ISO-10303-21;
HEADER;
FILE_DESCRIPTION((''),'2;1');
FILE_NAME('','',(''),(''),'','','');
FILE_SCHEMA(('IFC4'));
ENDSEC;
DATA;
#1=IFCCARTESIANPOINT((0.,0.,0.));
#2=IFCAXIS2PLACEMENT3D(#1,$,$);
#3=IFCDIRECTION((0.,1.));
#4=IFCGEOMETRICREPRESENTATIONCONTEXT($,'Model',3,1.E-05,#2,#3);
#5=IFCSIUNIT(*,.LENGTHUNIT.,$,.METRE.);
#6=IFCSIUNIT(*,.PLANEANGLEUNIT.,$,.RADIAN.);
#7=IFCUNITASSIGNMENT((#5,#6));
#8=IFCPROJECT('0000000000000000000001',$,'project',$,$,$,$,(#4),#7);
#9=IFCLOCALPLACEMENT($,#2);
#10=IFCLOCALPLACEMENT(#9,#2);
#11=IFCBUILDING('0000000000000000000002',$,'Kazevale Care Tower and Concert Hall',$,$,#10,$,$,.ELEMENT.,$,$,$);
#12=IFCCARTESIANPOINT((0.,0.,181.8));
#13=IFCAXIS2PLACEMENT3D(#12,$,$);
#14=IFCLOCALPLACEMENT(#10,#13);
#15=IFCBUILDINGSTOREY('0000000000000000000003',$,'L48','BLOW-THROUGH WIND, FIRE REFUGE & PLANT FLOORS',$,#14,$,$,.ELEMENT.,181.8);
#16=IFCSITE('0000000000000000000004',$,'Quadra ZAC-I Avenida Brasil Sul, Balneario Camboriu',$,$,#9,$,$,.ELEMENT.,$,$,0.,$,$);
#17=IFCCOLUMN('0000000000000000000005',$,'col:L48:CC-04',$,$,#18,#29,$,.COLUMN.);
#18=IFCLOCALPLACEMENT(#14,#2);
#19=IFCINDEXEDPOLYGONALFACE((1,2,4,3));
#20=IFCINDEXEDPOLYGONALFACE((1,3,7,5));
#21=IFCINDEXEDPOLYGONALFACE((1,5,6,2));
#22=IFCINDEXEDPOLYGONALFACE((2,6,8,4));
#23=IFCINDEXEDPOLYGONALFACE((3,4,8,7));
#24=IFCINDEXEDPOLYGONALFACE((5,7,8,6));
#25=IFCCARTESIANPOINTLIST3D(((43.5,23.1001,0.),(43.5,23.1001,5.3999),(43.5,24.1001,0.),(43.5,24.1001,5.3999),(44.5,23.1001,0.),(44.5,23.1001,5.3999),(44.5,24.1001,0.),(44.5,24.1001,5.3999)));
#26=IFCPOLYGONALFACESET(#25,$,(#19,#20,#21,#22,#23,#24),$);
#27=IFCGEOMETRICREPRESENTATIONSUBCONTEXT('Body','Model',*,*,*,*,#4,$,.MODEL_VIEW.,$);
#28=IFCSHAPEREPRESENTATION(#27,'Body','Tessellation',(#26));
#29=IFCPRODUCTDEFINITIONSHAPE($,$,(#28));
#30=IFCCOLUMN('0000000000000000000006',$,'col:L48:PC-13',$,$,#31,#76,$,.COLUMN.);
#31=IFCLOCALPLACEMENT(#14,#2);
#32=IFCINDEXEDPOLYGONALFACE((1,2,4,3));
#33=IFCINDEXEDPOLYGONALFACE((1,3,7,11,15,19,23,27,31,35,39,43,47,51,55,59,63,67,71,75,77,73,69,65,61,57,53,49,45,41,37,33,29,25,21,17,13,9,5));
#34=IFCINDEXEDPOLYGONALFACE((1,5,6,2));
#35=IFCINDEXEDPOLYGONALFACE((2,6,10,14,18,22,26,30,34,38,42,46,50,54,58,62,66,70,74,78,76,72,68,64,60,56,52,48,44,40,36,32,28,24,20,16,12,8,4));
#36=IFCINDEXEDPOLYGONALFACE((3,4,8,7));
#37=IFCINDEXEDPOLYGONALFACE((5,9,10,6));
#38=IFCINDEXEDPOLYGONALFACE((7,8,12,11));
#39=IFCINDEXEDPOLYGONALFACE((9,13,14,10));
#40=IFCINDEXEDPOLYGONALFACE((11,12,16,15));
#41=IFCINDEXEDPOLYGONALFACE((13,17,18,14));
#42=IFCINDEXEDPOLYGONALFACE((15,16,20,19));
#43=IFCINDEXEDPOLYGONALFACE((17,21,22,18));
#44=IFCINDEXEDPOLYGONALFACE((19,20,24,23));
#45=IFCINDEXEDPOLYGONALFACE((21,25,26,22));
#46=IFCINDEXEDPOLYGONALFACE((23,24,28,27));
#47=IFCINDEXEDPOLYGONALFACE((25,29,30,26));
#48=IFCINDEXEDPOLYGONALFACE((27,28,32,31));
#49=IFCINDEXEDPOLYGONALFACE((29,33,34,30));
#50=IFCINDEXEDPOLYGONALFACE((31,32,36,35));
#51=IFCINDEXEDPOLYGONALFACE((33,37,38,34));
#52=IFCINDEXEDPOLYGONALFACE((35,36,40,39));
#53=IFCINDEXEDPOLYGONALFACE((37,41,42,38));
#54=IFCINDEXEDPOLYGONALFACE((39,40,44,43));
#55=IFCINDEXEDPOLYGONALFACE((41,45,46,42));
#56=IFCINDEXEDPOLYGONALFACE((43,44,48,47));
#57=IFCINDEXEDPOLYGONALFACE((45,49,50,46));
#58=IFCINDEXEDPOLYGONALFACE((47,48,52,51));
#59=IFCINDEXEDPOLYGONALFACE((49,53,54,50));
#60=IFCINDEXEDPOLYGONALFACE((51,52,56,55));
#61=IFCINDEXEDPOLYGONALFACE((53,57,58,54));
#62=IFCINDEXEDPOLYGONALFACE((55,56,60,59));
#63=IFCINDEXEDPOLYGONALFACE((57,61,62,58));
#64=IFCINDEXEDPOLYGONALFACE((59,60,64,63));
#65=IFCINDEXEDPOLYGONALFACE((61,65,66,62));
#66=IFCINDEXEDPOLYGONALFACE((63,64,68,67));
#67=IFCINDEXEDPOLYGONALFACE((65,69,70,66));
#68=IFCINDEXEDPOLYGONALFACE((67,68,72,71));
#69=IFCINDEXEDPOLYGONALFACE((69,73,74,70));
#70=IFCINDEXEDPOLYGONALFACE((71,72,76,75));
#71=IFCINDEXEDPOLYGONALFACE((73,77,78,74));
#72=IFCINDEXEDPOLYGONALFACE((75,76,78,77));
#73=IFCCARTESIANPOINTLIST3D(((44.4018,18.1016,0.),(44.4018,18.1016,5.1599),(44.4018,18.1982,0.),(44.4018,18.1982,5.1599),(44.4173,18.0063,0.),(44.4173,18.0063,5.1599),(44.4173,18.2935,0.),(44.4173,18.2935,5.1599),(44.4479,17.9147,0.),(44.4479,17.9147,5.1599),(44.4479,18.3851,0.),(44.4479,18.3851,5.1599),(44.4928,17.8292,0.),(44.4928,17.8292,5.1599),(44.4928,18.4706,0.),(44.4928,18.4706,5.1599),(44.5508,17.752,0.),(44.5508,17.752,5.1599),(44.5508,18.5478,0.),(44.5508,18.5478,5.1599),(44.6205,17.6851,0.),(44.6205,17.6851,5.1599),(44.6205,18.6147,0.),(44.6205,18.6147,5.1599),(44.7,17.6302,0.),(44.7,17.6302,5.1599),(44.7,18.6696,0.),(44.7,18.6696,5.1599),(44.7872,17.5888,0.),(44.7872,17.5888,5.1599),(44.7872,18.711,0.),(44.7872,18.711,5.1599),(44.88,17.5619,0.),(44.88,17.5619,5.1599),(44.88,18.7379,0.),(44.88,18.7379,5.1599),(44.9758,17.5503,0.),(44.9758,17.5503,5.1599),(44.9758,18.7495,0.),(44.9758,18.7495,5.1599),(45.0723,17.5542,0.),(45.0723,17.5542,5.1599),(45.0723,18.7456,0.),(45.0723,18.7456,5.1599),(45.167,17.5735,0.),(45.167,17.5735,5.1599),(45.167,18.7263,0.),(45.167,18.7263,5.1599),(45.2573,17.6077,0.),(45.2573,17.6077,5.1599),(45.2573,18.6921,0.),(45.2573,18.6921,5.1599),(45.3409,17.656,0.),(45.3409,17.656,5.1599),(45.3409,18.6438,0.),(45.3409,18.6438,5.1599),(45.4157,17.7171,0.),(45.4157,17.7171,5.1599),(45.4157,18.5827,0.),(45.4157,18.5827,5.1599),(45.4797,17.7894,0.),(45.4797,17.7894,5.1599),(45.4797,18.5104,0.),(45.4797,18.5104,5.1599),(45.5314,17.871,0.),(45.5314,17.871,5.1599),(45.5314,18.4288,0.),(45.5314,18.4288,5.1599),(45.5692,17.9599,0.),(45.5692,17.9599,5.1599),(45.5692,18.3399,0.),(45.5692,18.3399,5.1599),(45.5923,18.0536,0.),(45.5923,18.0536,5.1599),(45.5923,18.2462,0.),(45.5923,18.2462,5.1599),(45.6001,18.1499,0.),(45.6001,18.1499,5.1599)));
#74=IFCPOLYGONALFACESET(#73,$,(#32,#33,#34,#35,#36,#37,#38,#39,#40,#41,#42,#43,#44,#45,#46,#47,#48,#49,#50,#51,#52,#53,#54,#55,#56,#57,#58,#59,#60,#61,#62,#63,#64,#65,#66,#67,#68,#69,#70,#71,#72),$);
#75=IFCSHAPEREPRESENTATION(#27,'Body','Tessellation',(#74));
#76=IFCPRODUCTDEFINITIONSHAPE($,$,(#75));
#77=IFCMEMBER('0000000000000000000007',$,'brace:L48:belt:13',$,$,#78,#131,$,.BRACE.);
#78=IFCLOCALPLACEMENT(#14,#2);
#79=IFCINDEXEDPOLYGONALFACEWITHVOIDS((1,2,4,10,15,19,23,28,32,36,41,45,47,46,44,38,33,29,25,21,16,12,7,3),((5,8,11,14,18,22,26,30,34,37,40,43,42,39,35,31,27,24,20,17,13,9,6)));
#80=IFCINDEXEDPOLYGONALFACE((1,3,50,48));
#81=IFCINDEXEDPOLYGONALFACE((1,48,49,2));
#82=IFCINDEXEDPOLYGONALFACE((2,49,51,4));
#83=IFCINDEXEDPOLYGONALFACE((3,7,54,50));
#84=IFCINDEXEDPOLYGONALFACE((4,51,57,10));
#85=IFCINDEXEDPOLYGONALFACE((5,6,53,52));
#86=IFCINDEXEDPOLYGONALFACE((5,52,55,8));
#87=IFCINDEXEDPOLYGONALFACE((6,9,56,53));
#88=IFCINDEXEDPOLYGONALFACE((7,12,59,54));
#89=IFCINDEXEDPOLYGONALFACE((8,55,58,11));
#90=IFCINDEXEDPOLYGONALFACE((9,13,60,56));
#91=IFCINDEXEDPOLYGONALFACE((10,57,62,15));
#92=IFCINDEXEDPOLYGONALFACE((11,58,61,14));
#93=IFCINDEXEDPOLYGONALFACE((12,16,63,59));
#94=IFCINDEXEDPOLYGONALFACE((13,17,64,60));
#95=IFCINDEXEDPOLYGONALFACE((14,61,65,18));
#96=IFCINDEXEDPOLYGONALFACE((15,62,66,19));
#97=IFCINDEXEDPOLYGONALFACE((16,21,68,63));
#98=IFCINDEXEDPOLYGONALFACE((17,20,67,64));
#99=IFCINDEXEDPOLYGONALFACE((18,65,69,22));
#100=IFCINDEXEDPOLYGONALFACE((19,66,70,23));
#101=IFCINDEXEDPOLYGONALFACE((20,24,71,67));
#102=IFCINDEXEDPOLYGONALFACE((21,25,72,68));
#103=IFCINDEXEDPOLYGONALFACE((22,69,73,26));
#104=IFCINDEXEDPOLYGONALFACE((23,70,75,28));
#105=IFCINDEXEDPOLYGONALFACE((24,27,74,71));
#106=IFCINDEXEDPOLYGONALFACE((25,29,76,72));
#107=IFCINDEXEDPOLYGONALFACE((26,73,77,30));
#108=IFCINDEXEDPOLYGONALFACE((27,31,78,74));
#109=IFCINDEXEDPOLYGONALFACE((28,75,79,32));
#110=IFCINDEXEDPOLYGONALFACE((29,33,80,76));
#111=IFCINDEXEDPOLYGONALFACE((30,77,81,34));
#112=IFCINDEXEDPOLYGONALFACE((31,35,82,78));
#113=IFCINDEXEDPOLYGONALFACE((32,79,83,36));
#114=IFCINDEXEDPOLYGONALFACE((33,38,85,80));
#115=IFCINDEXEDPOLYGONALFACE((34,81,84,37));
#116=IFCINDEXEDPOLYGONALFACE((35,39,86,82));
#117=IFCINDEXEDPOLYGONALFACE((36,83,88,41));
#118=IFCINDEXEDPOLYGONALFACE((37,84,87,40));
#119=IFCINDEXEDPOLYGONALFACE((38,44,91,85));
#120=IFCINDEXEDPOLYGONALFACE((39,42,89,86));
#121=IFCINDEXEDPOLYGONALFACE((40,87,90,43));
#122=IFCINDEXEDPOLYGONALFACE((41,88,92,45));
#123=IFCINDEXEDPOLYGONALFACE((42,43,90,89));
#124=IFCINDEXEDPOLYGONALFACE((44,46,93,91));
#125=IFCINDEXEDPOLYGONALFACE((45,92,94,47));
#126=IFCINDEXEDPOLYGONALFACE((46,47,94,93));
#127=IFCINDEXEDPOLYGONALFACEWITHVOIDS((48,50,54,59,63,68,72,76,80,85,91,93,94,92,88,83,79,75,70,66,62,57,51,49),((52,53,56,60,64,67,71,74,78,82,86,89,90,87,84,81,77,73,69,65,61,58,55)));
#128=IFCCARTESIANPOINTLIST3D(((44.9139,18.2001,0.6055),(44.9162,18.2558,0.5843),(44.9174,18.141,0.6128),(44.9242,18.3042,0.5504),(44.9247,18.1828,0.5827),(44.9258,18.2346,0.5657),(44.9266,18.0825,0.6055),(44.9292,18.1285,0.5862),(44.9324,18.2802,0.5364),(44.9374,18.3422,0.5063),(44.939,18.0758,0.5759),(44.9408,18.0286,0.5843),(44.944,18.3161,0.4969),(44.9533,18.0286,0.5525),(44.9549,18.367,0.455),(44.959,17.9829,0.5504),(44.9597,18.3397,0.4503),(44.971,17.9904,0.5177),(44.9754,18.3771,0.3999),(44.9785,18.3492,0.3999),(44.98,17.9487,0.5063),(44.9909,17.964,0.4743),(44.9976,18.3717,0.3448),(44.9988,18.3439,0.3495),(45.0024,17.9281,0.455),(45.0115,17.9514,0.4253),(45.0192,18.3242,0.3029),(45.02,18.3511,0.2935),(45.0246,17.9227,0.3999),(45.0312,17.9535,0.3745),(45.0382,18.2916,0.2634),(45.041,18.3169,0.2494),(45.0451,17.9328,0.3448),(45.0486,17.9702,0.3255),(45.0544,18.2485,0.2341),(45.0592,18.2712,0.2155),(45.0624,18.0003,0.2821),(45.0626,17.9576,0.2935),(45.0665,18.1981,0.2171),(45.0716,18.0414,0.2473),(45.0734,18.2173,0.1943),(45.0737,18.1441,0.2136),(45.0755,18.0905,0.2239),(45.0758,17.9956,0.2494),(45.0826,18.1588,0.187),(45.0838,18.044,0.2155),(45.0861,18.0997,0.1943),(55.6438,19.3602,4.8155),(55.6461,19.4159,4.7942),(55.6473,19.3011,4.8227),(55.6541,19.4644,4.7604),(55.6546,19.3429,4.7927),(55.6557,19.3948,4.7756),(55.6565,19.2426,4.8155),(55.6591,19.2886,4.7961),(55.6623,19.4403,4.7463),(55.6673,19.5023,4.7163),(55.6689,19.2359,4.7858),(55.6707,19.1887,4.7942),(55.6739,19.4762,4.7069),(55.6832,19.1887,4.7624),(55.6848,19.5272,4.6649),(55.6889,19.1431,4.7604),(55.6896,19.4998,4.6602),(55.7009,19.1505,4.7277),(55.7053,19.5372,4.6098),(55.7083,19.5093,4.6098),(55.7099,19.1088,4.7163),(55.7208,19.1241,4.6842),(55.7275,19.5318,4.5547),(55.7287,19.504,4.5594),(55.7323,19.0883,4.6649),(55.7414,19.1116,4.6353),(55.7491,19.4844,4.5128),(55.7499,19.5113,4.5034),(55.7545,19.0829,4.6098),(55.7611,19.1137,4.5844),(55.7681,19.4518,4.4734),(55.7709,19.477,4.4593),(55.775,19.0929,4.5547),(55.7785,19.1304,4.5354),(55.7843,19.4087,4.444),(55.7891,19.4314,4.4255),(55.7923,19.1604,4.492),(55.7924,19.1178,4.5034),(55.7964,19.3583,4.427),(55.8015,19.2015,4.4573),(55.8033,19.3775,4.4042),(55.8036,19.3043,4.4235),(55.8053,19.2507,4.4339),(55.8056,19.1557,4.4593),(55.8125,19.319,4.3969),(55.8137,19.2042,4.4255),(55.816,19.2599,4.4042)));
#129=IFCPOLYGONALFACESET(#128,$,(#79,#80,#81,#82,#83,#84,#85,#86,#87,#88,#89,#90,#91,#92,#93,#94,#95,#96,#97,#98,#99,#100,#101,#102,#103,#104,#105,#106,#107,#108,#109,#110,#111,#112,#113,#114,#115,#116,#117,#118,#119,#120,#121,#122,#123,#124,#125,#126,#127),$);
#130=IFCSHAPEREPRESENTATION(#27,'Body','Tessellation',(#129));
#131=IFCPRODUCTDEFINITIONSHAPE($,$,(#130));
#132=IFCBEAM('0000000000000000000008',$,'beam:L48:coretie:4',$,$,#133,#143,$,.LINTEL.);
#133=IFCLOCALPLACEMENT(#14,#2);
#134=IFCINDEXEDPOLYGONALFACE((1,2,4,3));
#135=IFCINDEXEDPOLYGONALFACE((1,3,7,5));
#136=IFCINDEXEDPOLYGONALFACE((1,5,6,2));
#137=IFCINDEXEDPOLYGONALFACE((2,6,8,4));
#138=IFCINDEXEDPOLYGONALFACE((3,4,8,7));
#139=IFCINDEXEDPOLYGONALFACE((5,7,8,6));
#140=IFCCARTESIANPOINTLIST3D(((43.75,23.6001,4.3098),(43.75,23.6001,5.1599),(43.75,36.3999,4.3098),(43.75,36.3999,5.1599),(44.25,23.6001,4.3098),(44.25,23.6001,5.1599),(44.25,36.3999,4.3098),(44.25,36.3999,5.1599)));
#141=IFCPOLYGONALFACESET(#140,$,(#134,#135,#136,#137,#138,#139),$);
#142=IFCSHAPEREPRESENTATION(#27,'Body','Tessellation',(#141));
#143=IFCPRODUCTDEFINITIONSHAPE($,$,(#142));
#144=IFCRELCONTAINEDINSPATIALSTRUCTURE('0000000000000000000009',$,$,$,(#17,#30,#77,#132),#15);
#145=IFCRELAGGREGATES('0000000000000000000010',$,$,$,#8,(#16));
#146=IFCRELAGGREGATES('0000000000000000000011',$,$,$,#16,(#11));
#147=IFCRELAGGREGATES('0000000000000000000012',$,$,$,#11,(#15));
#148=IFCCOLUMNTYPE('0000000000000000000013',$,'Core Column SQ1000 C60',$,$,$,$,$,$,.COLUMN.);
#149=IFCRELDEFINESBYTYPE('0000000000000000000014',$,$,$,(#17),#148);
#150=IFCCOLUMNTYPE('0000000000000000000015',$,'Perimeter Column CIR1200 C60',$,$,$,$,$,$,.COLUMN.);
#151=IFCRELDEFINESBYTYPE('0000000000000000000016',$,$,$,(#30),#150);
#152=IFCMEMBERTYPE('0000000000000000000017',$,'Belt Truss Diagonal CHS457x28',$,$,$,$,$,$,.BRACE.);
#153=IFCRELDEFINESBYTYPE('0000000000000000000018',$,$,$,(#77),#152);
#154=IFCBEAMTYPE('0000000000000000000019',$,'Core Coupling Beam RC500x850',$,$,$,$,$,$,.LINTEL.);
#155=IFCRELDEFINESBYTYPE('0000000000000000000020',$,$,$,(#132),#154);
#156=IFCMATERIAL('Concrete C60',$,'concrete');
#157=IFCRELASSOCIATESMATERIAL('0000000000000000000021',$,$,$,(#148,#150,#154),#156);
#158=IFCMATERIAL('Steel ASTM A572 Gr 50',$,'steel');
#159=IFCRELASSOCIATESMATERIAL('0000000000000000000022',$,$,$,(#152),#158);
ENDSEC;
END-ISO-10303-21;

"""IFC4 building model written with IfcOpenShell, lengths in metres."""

from ifc_helpers import new_model, si_unit, direction, frame, origin, origin_2d, place, context, subcontext, project, spatial, rectangle, circle, hollow_circle, extrude, material, material_profile, profile_set, type_object, element, save


model = new_model("IFC4")

# Units and contexts
model_context = context("Model", 3, precision=1e-05, world=origin(), true_north=direction((0.0, 1.0)))
body_context = subcontext(model_context, "Body", "Model", "MODEL_VIEW")
ifc_project = project(units=[si_unit("LENGTHUNIT", "METRE"), si_unit("PLANEANGLEUNIT", "RADIAN")], contexts=[model_context])

# Site, building, storey
site_placement = place(None, origin())
site = spatial("IfcSite", under=ifc_project, at=site_placement, Name="Quadra ZAC-I Avenida Brasil Sul, Balneario Camboriu", CompositionType="ELEMENT", RefElevation=0.0)
building_placement = place(site_placement, origin())
building = spatial("IfcBuilding", under=site, at=building_placement, Name="Kazevale Care Tower and Concert Hall", CompositionType="ELEMENT")
storey_placement = place(building_placement, frame((0.0, 0.0, 181.8)))
storey = spatial("IfcBuildingStorey", under=building, at=storey_placement, Name="L48", Description="BLOW-THROUGH WIND, FIRE REFUGE & PLANT FLOORS", CompositionType="ELEMENT", Elevation=181.8)

# Columns
ifc_material_1 = material(Name="Concrete C60", Category="concrete")
ifc_material_profile_1 = material_profile(ifc_material_1, rectangle(XDim=1.0, YDim=1.0, at=origin_2d()), Name="RC-SQ1000")
ifc_profile_set_1 = profile_set([ifc_material_profile_1], Name="Concrete C60")
column_type_1 = type_object("IfcColumnType", Name="Core Column SQ1000 C60", PredefinedType="COLUMN", material=ifc_profile_set_1)
column_1_placement = place(storey_placement, frame((44.0, 23.6001, 0.0), z_axis=(0.0, 0.0, 1.0), x_axis=(1.0, 0.0, 0.0)))
element("IfcColumn", 1, at=column_1_placement, inside=storey, type_object=column_type_1, Name="col:L48:CC-04", PredefinedType="COLUMN", context=body_context, shape_type="SweptSolid", body=[
    extrude(rectangle(XDim=1.0, YDim=1.0, at=origin_2d()), origin(), (0.0, 0.0, 1.0), 5.3999),
])
ifc_material_profile_2 = material_profile(ifc_material_1, circle(Radius=0.6001, at=origin_2d()), Name="RC-CIR1200")
ifc_profile_set_2 = profile_set([ifc_material_profile_2], Name="Concrete C60")
column_type_2 = type_object("IfcColumnType", Name="Perimeter Column CIR1200 C60", PredefinedType="COLUMN", material=ifc_profile_set_2)
column_2_placement = place(storey_placement, frame((45.0, 18.1499, 0.0), z_axis=(0.0, 0.0, 1.0), x_axis=(1.0, 0.0, 0.0)))
element("IfcColumn", 2, at=column_2_placement, inside=storey, type_object=column_type_2, Name="col:L48:PC-13", PredefinedType="COLUMN", context=body_context, shape_type="SweptSolid", body=[
    extrude(circle(Radius=0.6001, at=origin_2d()), origin(), (0.0, 0.0, 1.0), 5.1599),
])

# Member
ifc_material_2 = material(Name="Steel ASTM A572 Gr 50", Category="steel")
ifc_material_profile_3 = material_profile(ifc_material_2, hollow_circle(Radius=0.2285, WallThickness=0.0281, at=origin_2d()), Name="CHS457x28")
ifc_profile_set_3 = profile_set([ifc_material_profile_3], Name="Steel ASTM A572 Gr 50")
member_type_1 = type_object("IfcMemberType", Name="Belt Truss Diagonal CHS457x28", PredefinedType="BRACE", material=ifc_profile_set_3)
member_1_placement = place(storey_placement, frame((45.0, 18.1499, 0.3999), z_axis=(0.926231, 0.100147, 0.363411), x_axis=(-0.107496, 0.994205, 0.0)))
element("IfcMember", 3, at=member_1_placement, inside=storey, type_object=member_type_1, Name="brace:L48:belt:13", PredefinedType="BRACE", context=body_context, shape_type="SweptSolid", body=[
    extrude(hollow_circle(Radius=0.2285, WallThickness=0.0281, at=origin_2d()), origin(), (0.0, 0.0, 1.0), 11.5845),
])

# Beam
ifc_material_profile_4 = material_profile(ifc_material_1, rectangle(XDim=0.5, YDim=0.8501, at=origin_2d()), Name="RC-B500x850")
ifc_profile_set_4 = profile_set([ifc_material_profile_4], Name="Concrete C60")
beam_type_1 = type_object("IfcBeamType", Name="Core Coupling Beam RC500x850", PredefinedType="LINTEL", material=ifc_profile_set_4)
beam_1_placement = place(storey_placement, frame((44.0, 23.6001, 4.7349), z_axis=(0.0, 1.0, 0.0), x_axis=(-1.0, 0.0, 0.0)))
element("IfcBeam", 4, at=beam_1_placement, inside=storey, type_object=beam_type_1, Name="beam:L48:coretie:4", PredefinedType="LINTEL", context=body_context, shape_type="SweptSolid", body=[
    extrude(rectangle(XDim=0.5, YDim=0.8501, at=origin_2d()), origin(), (0.0, 0.0, 1.0), 12.7998),
])

save(model, "model.ifc")
